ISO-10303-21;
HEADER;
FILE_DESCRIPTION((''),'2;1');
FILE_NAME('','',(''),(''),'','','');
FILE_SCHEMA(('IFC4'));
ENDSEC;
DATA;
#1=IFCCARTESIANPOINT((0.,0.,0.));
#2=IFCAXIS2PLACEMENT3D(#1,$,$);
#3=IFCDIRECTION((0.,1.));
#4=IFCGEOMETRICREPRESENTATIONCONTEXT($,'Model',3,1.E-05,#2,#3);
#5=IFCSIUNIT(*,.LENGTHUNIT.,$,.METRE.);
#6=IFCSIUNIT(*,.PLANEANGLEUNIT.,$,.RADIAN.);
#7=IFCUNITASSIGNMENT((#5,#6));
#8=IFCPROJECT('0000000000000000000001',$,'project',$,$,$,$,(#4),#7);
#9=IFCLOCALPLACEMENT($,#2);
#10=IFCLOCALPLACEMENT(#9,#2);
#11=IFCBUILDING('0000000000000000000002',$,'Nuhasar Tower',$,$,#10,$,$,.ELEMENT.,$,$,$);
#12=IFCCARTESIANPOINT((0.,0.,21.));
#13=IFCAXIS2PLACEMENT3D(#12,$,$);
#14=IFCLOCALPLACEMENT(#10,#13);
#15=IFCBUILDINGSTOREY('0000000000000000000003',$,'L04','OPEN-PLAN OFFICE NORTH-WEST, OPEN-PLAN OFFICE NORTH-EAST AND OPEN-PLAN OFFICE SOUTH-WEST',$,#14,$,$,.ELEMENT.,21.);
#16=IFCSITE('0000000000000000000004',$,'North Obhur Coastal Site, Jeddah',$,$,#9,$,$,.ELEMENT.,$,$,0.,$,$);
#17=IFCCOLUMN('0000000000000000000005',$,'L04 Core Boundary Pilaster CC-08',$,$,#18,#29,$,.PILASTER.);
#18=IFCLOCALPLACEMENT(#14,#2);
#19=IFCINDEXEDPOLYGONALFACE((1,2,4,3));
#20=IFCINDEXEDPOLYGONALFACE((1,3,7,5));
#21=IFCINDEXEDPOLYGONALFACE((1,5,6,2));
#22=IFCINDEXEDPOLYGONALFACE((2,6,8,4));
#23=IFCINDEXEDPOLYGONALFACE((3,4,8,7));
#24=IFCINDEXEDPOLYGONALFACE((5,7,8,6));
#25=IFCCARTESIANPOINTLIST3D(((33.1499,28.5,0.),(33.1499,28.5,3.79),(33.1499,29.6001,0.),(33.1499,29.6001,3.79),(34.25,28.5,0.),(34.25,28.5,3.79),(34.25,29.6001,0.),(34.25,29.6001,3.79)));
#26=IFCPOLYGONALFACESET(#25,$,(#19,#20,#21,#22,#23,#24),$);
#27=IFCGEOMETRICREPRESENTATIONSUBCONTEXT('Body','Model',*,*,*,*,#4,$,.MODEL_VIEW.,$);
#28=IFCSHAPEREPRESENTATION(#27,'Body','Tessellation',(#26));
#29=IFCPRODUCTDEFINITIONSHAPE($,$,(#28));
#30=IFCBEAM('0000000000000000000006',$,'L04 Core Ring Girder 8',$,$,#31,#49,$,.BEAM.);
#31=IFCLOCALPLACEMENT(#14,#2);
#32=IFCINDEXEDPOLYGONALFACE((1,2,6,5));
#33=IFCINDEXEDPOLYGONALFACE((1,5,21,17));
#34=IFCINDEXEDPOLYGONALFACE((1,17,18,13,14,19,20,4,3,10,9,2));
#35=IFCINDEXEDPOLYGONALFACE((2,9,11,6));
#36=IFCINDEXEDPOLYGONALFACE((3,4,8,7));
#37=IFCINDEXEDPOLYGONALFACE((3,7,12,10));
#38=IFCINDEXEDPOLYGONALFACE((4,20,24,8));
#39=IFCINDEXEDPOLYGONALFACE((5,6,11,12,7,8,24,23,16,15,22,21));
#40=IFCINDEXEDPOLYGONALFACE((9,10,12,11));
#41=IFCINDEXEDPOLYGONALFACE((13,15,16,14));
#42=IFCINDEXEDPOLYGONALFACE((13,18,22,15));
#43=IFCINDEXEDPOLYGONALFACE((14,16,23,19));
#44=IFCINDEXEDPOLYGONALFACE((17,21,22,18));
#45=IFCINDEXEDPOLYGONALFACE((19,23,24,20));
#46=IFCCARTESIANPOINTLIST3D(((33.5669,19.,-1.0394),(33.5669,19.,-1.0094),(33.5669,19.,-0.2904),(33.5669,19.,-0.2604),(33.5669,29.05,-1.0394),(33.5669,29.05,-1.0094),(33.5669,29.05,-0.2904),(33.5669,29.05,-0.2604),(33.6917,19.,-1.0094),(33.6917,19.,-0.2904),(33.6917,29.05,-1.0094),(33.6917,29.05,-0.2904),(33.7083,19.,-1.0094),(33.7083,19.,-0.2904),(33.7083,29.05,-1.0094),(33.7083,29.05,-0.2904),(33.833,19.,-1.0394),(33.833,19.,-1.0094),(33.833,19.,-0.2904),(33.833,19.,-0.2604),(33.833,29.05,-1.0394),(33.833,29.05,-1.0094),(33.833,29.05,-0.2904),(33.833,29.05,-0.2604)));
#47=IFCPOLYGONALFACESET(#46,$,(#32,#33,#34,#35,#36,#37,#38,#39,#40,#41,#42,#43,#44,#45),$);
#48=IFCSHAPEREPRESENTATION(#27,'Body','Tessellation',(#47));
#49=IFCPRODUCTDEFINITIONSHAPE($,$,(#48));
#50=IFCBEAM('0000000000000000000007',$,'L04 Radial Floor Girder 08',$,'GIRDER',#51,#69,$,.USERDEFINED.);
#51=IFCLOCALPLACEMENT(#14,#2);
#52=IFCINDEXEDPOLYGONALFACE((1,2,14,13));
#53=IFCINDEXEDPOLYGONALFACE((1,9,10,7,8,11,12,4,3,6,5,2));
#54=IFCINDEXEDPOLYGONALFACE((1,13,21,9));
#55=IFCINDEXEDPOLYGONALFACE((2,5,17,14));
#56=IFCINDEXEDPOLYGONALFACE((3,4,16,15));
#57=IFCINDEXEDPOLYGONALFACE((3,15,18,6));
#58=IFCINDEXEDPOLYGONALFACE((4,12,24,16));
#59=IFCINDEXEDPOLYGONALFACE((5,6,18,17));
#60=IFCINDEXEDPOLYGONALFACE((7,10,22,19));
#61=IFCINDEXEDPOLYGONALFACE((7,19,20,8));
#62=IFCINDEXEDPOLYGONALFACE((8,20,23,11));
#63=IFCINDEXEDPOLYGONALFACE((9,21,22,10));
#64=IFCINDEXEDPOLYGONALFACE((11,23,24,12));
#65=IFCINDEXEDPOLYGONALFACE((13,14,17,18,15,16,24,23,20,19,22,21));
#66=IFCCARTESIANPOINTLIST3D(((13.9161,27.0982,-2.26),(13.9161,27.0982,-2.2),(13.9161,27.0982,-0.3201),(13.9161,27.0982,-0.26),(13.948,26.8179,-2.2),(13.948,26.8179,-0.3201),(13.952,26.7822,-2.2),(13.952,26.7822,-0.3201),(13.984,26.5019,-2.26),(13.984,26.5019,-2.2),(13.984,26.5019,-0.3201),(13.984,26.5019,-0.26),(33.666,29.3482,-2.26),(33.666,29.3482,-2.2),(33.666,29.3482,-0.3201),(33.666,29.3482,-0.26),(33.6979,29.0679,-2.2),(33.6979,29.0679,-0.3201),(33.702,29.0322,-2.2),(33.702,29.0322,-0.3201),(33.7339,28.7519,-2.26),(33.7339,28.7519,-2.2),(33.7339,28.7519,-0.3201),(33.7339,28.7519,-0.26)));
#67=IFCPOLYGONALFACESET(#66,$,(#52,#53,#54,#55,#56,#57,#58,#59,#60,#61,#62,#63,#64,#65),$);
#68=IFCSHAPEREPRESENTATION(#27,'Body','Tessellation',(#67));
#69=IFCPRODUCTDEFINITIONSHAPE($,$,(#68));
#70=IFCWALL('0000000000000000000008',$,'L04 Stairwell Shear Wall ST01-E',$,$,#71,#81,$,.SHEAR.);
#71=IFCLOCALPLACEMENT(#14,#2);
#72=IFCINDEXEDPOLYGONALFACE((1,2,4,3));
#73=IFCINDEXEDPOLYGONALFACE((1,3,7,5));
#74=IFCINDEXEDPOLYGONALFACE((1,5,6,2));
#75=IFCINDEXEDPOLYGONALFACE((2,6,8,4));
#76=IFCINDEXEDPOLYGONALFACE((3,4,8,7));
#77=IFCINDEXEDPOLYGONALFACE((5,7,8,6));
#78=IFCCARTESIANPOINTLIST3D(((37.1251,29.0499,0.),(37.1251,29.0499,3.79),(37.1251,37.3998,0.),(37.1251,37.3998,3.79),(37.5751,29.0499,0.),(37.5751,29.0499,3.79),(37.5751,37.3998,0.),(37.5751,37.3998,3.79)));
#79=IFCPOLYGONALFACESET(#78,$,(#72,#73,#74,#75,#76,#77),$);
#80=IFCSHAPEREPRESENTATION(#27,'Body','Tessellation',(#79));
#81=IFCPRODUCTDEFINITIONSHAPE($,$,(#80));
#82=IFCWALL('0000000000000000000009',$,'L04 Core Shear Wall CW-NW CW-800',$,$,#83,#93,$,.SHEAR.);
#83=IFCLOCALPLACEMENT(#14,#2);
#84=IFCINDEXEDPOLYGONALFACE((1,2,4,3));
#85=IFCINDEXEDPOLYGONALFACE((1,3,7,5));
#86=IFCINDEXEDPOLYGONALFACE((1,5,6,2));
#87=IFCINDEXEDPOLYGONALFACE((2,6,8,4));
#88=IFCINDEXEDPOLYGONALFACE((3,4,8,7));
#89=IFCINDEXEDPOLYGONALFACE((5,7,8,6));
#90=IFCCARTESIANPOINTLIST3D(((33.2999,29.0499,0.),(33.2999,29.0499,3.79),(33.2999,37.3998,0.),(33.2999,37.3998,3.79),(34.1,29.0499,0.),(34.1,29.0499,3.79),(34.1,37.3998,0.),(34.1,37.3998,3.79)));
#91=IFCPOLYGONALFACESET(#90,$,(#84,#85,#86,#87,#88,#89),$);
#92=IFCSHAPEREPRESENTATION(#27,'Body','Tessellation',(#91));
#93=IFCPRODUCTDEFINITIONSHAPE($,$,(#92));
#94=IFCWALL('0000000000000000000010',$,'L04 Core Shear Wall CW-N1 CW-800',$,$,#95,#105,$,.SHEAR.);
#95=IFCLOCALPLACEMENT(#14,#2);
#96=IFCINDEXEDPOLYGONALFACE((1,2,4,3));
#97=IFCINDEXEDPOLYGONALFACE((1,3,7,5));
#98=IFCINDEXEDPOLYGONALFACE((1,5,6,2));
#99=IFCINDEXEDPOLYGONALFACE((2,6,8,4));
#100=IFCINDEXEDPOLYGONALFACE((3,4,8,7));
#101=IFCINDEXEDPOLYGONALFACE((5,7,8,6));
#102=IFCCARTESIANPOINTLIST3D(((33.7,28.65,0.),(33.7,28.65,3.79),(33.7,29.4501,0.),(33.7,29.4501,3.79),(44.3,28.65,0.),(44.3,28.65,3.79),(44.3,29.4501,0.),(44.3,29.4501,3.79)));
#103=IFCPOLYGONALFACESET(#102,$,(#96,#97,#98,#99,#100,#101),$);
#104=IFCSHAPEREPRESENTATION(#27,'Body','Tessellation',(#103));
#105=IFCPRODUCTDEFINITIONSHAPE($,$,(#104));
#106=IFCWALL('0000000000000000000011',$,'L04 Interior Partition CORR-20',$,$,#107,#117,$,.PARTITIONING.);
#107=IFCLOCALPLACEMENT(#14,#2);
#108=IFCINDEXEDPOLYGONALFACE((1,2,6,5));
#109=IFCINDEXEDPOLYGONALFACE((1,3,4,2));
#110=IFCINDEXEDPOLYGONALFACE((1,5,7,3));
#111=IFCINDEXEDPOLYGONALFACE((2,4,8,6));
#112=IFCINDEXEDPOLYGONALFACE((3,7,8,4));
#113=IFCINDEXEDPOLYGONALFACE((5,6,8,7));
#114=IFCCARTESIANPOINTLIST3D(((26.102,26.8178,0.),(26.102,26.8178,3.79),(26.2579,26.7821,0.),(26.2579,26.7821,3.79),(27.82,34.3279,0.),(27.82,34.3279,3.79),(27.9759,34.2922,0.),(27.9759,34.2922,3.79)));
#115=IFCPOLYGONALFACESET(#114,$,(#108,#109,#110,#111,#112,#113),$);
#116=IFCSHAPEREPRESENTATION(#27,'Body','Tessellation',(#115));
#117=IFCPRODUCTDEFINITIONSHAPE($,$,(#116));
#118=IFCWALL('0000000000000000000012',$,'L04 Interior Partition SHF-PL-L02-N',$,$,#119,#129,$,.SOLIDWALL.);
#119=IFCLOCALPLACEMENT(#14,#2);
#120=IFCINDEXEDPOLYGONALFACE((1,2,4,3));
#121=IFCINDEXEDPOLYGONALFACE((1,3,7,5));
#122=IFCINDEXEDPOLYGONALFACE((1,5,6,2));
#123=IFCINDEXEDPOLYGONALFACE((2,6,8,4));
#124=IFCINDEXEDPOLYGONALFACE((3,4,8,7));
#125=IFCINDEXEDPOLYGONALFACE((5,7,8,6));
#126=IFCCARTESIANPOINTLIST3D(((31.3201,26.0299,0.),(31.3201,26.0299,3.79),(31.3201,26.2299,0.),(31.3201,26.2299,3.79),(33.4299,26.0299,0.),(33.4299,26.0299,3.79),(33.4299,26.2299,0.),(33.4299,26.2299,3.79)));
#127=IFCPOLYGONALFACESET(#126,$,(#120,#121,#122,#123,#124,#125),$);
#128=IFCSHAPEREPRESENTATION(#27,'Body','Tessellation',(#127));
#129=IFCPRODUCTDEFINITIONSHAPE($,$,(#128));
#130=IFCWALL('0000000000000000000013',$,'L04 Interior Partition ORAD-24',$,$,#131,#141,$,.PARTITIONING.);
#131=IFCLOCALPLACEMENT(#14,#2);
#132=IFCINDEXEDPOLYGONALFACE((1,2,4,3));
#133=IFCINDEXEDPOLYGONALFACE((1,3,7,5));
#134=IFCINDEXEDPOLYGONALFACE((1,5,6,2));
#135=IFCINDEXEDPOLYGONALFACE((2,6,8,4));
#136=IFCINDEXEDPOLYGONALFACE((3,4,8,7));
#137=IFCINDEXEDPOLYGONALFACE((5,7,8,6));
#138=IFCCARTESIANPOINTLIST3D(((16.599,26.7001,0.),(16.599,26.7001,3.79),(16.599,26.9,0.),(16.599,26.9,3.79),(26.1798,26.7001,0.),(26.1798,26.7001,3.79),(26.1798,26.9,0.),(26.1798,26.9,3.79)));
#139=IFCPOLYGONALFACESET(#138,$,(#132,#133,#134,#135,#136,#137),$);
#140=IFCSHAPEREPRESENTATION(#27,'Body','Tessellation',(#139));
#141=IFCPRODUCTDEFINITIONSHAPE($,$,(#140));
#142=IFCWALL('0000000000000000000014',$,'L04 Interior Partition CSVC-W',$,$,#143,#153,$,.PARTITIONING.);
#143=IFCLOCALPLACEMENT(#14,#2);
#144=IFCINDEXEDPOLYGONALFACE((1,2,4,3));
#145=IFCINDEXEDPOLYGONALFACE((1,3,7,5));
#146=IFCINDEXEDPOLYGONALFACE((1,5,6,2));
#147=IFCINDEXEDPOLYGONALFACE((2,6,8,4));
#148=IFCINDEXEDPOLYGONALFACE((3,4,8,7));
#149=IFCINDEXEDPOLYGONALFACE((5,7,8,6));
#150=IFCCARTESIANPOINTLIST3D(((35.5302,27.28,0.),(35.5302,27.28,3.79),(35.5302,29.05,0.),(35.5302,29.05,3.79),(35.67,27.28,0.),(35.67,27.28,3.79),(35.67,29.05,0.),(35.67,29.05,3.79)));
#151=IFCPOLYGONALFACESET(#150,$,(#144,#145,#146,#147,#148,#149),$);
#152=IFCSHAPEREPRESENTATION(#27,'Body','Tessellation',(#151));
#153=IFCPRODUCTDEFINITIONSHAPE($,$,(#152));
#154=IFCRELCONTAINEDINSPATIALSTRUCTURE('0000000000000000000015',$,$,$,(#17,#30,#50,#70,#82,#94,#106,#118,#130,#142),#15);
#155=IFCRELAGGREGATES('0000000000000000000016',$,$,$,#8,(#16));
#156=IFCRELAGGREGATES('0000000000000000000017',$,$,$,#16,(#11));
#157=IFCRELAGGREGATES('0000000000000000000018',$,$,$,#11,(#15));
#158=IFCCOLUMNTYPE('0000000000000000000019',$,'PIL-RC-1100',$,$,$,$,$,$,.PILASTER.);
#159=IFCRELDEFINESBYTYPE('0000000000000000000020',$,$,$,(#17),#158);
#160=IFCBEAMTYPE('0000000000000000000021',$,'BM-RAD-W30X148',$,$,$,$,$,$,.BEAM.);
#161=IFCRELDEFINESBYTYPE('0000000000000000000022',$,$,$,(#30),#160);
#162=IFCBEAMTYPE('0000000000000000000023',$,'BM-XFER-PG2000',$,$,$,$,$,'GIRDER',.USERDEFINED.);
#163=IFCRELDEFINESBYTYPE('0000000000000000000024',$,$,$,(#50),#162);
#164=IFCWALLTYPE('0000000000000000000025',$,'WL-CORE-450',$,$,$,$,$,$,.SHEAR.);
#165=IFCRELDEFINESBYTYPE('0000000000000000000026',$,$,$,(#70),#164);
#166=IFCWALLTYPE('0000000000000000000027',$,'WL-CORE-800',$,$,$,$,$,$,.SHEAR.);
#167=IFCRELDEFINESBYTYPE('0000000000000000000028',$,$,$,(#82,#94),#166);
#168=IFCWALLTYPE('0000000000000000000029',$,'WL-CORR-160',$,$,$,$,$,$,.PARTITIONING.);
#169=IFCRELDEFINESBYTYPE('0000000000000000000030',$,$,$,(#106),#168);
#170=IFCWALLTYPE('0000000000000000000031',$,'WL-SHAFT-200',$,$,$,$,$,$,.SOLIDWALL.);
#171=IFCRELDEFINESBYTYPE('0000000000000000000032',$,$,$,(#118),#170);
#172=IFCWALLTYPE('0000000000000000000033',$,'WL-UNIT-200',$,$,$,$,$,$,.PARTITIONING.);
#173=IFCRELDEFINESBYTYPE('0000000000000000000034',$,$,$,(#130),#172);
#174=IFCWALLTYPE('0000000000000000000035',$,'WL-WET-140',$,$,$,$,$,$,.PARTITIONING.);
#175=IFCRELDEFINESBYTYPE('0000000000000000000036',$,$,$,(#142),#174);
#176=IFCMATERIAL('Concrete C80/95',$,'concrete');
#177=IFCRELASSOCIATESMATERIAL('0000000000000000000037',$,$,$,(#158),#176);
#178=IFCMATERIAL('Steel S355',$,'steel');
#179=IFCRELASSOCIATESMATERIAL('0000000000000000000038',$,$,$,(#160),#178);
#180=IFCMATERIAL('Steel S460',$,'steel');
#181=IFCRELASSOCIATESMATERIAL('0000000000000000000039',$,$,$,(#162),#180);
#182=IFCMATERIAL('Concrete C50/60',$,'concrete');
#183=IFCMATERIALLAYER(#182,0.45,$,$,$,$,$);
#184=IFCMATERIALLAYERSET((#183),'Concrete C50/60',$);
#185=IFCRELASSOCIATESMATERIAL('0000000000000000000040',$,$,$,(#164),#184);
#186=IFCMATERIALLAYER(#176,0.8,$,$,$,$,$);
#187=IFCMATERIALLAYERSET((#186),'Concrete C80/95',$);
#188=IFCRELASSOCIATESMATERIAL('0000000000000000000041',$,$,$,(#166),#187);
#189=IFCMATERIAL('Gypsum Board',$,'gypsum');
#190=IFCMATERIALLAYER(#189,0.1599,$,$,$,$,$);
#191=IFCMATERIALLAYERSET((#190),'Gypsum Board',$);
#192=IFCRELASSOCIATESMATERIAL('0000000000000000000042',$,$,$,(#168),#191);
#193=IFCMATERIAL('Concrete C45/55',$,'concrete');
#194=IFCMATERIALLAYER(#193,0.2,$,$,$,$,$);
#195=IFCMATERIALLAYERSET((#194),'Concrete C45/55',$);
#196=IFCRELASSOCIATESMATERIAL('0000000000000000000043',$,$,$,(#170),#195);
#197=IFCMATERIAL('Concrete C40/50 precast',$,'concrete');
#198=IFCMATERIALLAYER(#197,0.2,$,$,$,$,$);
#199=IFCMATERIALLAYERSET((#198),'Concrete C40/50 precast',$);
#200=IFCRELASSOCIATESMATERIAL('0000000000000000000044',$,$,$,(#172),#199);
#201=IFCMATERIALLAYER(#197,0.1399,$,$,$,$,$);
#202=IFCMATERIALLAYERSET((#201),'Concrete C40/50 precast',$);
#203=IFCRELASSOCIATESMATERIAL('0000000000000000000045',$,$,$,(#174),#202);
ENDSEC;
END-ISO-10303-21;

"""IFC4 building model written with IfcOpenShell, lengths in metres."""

from ifc_helpers import new_model, si_unit, direction, frame, frame_2d, origin, origin_2d, place, context, subcontext, project, spatial, rectangle, i_section, extrude, material, layer, layer_set, material_profile, profile_set, type_object, element, save


model = new_model("IFC4")

# Units and contexts
model_context = context("Model", 3, precision=1e-05, world=origin(), true_north=direction((0.0, 1.0)))
body_context = subcontext(model_context, "Body", "Model", "MODEL_VIEW")
ifc_project = project(units=[si_unit("LENGTHUNIT", "METRE"), si_unit("PLANEANGLEUNIT", "RADIAN")], contexts=[model_context])

# Site, building, storey
site_placement = place(None, origin())
site = spatial("IfcSite", under=ifc_project, at=site_placement, Name="North Obhur Coastal Site, Jeddah", CompositionType="ELEMENT", RefElevation=0.0)
building_placement = place(site_placement, origin())
building = spatial("IfcBuilding", under=site, at=building_placement, Name="Nuhasar Tower", CompositionType="ELEMENT")
storey_placement = place(building_placement, frame((0.0, 0.0, 21.0)))
storey = spatial("IfcBuildingStorey", under=building, at=storey_placement, Name="L04", Description="OPEN-PLAN OFFICE NORTH-WEST, OPEN-PLAN OFFICE NORTH-EAST AND OPEN-PLAN OFFICE SOUTH-WEST", CompositionType="ELEMENT", Elevation=21.0)

# Column
ifc_material_1 = material(Name="Concrete C80/95", Category="concrete")
ifc_material_profile_1 = material_profile(ifc_material_1, rectangle(XDim=1.1001, YDim=1.1001, at=origin_2d()), Name="RC1100X1100")
ifc_profile_set_1 = profile_set([ifc_material_profile_1], Name="Concrete C80/95")
column_type = type_object("IfcColumnType", Name="PIL-RC-1100", PredefinedType="PILASTER", material=ifc_profile_set_1)
column_placement = place(storey_placement, frame((33.7, 29.05, 0.0), z_axis=(0.0, 0.0, 1.0), x_axis=(1.0, 0.0, 0.0)))
element("IfcColumn", 1, at=column_placement, inside=storey, type_object=column_type, Name="L04 Core Boundary Pilaster CC-08", PredefinedType="PILASTER", context=body_context, shape_type="SweptSolid", body=[
    extrude(rectangle(XDim=1.1001, YDim=1.1001, at=origin_2d()), origin(), (0.0, 0.0, 1.0), 3.79),
])

# Beams
ifc_material_2 = material(Name="Steel S355", Category="steel")
ifc_material_profile_2 = material_profile(ifc_material_2, i_section(OverallWidth=0.2661, OverallDepth=0.7791, WebThickness=0.0166, FlangeThickness=0.03, at=origin_2d()), Name="W30X148")
ifc_profile_set_2 = profile_set([ifc_material_profile_2], Name="Steel S355")
beam_type_1 = type_object("IfcBeamType", Name="BM-RAD-W30X148", PredefinedType="BEAM", material=ifc_profile_set_2)
beam_1_placement = place(storey_placement, frame((33.7, 29.05, -0.6499), z_axis=(0.0, -1.0, 0.0), x_axis=(1.0, 0.0, 0.0)))
element("IfcBeam", 2, at=beam_1_placement, inside=storey, type_object=beam_type_1, Name="L04 Core Ring Girder 8", PredefinedType="BEAM", context=body_context, shape_type="SweptSolid", body=[
    extrude(i_section(OverallWidth=0.2661, OverallDepth=0.7791, WebThickness=0.0166, FlangeThickness=0.03, at=origin_2d()), origin(), (0.0, 0.0, 1.0), 10.05),
])
ifc_material_3 = material(Name="Steel S460", Category="steel")
ifc_material_profile_3 = material_profile(ifc_material_3, i_section(OverallWidth=0.6001, OverallDepth=2.0, WebThickness=0.0359, FlangeThickness=0.0601, at=origin_2d()), Name="PG2000X600")
ifc_profile_set_3 = profile_set([ifc_material_profile_3], Name="Steel S460")
beam_type_2 = type_object("IfcBeamType", Name="BM-XFER-PG2000", ElementType="GIRDER", PredefinedType="USERDEFINED", material=ifc_profile_set_3)
beam_2_placement = place(storey_placement, frame((33.7, 29.05, -1.26), z_axis=(-0.993573, -0.113192, 0.0), x_axis=(0.113192, -0.993573, 0.0)))
element("IfcBeam", 3, at=beam_2_placement, inside=storey, type_object=beam_type_2, Name="L04 Radial Floor Girder 08", ObjectType="GIRDER", PredefinedType="USERDEFINED", context=body_context, shape_type="SweptSolid", body=[
    extrude(i_section(OverallWidth=0.6001, OverallDepth=2.0, WebThickness=0.0359, FlangeThickness=0.0601, at=origin_2d()), origin(), (0.0, 0.0, 1.0), 19.8777),
])

# Walls
ifc_material_4 = material(Name="Concrete C50/60", Category="concrete")
ifc_layer_1 = layer(ifc_material_4, 0.45)
ifc_layer_set_1 = layer_set([ifc_layer_1], Name="Concrete C50/60")
wall_type_1 = type_object("IfcWallType", Name="WL-CORE-450", PredefinedType="SHEAR", material=ifc_layer_set_1)
wall_1_placement = place(storey_placement, frame((37.3501, 29.05, 0.0), z_axis=(0.0, 0.0, 1.0), x_axis=(0.0, 1.0, 0.0)))
element("IfcWall", 4, at=wall_1_placement, inside=storey, type_object=wall_type_1, Name="L04 Stairwell Shear Wall ST01-E", PredefinedType="SHEAR", context=body_context, shape_type="SweptSolid", body=[
    extrude(rectangle(XDim=8.3499, YDim=0.45, at=frame_2d((4.1748, 0.0))), origin(), (0.0, 0.0, 1.0), 3.79),
])
ifc_layer_2 = layer(ifc_material_1, 0.8)
ifc_layer_set_2 = layer_set([ifc_layer_2], Name="Concrete C80/95")
wall_type_2 = type_object("IfcWallType", Name="WL-CORE-800", PredefinedType="SHEAR", material=ifc_layer_set_2)
wall_2_placement = place(storey_placement, frame((33.7, 29.05, 0.0), z_axis=(0.0, 0.0, 1.0), x_axis=(0.0, 1.0, 0.0)))
element("IfcWall", 5, at=wall_2_placement, inside=storey, type_object=wall_type_2, Name="L04 Core Shear Wall CW-NW CW-800", PredefinedType="SHEAR", context=body_context, shape_type="SweptSolid", body=[
    extrude(rectangle(XDim=8.3499, YDim=0.8, at=frame_2d((4.1748, 0.0))), origin(), (0.0, 0.0, 1.0), 3.79),
])
wall_3_placement = place(storey_placement, frame((33.7, 29.05, 0.0), z_axis=(0.0, 0.0, 1.0), x_axis=(1.0, 0.0, 0.0)))
element("IfcWall", 6, at=wall_3_placement, inside=storey, type_object=wall_type_2, Name="L04 Core Shear Wall CW-N1 CW-800", PredefinedType="SHEAR", context=body_context, shape_type="SweptSolid", body=[
    extrude(rectangle(XDim=10.6001, YDim=0.8, at=frame_2d((5.3, 0.0))), origin(), (0.0, 0.0, 1.0), 3.79),
])
ifc_material_5 = material(Name="Gypsum Board", Category="gypsum")
ifc_layer_3 = layer(ifc_material_5, 0.1599)
ifc_layer_set_3 = layer_set([ifc_layer_3], Name="Gypsum Board")
wall_type_3 = type_object("IfcWallType", Name="WL-CORR-160", PredefinedType="PARTITIONING", material=ifc_layer_set_3)
wall_4_placement = place(storey_placement, frame((27.8979, 34.3101, 0.0), z_axis=(0.0, 0.0, 1.0), x_axis=(-0.223003, -0.974818, 0.0)))
element("IfcWall", 7, at=wall_4_placement, inside=storey, type_object=wall_type_3, Name="L04 Interior Partition CORR-20", PredefinedType="PARTITIONING", context=body_context, shape_type="SweptSolid", body=[
    extrude(rectangle(XDim=7.7041, YDim=0.1599, at=frame_2d((3.8521, 0.0))), origin(), (0.0, 0.0, 1.0), 3.79),
])
ifc_material_6 = material(Name="Concrete C45/55", Category="concrete")
ifc_layer_4 = layer(ifc_material_6, 0.2)
ifc_layer_set_4 = layer_set([ifc_layer_4], Name="Concrete C45/55")
wall_type_4 = type_object("IfcWallType", Name="WL-SHAFT-200", PredefinedType="SOLIDWALL", material=ifc_layer_set_4)
wall_5_placement = place(storey_placement, frame((31.3201, 26.1299, 0.0), z_axis=(0.0, 0.0, 1.0), x_axis=(1.0, 0.0, 0.0)))
element("IfcWall", 8, at=wall_5_placement, inside=storey, type_object=wall_type_4, Name="L04 Interior Partition SHF-PL-L02-N", PredefinedType="SOLIDWALL", context=body_context, shape_type="SweptSolid", body=[
    extrude(rectangle(XDim=2.1099, YDim=0.2, at=frame_2d((1.0549, 0.0))), origin(), (0.0, 0.0, 1.0), 3.79),
])
ifc_material_7 = material(Name="Concrete C40/50 precast", Category="concrete")
ifc_layer_5 = layer(ifc_material_7, 0.2)
ifc_layer_set_5 = layer_set([ifc_layer_5], Name="Concrete C40/50 precast")
wall_type_5 = type_object("IfcWallType", Name="WL-UNIT-200", PredefinedType="PARTITIONING", material=ifc_layer_set_5)
wall_6_placement = place(storey_placement, frame((26.1799, 26.8, 0.0), z_axis=(0.0, 0.0, 1.0), x_axis=(-1.0, 0.0, 0.0)))
element("IfcWall", 9, at=wall_6_placement, inside=storey, type_object=wall_type_5, Name="L04 Interior Partition ORAD-24", PredefinedType="PARTITIONING", context=body_context, shape_type="SweptSolid", body=[
    extrude(rectangle(XDim=9.5808, YDim=0.2, at=frame_2d((4.7905, 0.0))), origin(), (0.0, 0.0, 1.0), 3.79),
])
ifc_layer_6 = layer(ifc_material_7, 0.1399)
ifc_layer_set_6 = layer_set([ifc_layer_6], Name="Concrete C40/50 precast")
wall_type_6 = type_object("IfcWallType", Name="WL-WET-140", PredefinedType="PARTITIONING", material=ifc_layer_set_6)
wall_7_placement = place(storey_placement, frame((35.6001, 27.28, 0.0), z_axis=(0.0, 0.0, 1.0), x_axis=(0.0, 1.0, 0.0)))
element("IfcWall", 10, at=wall_7_placement, inside=storey, type_object=wall_type_6, Name="L04 Interior Partition CSVC-W", PredefinedType="PARTITIONING", context=body_context, shape_type="SweptSolid", body=[
    extrude(rectangle(XDim=1.77, YDim=0.1399, at=frame_2d((0.885, 0.0))), origin(), (0.0, 0.0, 1.0), 3.79),
])

save(model, "model.ifc")
